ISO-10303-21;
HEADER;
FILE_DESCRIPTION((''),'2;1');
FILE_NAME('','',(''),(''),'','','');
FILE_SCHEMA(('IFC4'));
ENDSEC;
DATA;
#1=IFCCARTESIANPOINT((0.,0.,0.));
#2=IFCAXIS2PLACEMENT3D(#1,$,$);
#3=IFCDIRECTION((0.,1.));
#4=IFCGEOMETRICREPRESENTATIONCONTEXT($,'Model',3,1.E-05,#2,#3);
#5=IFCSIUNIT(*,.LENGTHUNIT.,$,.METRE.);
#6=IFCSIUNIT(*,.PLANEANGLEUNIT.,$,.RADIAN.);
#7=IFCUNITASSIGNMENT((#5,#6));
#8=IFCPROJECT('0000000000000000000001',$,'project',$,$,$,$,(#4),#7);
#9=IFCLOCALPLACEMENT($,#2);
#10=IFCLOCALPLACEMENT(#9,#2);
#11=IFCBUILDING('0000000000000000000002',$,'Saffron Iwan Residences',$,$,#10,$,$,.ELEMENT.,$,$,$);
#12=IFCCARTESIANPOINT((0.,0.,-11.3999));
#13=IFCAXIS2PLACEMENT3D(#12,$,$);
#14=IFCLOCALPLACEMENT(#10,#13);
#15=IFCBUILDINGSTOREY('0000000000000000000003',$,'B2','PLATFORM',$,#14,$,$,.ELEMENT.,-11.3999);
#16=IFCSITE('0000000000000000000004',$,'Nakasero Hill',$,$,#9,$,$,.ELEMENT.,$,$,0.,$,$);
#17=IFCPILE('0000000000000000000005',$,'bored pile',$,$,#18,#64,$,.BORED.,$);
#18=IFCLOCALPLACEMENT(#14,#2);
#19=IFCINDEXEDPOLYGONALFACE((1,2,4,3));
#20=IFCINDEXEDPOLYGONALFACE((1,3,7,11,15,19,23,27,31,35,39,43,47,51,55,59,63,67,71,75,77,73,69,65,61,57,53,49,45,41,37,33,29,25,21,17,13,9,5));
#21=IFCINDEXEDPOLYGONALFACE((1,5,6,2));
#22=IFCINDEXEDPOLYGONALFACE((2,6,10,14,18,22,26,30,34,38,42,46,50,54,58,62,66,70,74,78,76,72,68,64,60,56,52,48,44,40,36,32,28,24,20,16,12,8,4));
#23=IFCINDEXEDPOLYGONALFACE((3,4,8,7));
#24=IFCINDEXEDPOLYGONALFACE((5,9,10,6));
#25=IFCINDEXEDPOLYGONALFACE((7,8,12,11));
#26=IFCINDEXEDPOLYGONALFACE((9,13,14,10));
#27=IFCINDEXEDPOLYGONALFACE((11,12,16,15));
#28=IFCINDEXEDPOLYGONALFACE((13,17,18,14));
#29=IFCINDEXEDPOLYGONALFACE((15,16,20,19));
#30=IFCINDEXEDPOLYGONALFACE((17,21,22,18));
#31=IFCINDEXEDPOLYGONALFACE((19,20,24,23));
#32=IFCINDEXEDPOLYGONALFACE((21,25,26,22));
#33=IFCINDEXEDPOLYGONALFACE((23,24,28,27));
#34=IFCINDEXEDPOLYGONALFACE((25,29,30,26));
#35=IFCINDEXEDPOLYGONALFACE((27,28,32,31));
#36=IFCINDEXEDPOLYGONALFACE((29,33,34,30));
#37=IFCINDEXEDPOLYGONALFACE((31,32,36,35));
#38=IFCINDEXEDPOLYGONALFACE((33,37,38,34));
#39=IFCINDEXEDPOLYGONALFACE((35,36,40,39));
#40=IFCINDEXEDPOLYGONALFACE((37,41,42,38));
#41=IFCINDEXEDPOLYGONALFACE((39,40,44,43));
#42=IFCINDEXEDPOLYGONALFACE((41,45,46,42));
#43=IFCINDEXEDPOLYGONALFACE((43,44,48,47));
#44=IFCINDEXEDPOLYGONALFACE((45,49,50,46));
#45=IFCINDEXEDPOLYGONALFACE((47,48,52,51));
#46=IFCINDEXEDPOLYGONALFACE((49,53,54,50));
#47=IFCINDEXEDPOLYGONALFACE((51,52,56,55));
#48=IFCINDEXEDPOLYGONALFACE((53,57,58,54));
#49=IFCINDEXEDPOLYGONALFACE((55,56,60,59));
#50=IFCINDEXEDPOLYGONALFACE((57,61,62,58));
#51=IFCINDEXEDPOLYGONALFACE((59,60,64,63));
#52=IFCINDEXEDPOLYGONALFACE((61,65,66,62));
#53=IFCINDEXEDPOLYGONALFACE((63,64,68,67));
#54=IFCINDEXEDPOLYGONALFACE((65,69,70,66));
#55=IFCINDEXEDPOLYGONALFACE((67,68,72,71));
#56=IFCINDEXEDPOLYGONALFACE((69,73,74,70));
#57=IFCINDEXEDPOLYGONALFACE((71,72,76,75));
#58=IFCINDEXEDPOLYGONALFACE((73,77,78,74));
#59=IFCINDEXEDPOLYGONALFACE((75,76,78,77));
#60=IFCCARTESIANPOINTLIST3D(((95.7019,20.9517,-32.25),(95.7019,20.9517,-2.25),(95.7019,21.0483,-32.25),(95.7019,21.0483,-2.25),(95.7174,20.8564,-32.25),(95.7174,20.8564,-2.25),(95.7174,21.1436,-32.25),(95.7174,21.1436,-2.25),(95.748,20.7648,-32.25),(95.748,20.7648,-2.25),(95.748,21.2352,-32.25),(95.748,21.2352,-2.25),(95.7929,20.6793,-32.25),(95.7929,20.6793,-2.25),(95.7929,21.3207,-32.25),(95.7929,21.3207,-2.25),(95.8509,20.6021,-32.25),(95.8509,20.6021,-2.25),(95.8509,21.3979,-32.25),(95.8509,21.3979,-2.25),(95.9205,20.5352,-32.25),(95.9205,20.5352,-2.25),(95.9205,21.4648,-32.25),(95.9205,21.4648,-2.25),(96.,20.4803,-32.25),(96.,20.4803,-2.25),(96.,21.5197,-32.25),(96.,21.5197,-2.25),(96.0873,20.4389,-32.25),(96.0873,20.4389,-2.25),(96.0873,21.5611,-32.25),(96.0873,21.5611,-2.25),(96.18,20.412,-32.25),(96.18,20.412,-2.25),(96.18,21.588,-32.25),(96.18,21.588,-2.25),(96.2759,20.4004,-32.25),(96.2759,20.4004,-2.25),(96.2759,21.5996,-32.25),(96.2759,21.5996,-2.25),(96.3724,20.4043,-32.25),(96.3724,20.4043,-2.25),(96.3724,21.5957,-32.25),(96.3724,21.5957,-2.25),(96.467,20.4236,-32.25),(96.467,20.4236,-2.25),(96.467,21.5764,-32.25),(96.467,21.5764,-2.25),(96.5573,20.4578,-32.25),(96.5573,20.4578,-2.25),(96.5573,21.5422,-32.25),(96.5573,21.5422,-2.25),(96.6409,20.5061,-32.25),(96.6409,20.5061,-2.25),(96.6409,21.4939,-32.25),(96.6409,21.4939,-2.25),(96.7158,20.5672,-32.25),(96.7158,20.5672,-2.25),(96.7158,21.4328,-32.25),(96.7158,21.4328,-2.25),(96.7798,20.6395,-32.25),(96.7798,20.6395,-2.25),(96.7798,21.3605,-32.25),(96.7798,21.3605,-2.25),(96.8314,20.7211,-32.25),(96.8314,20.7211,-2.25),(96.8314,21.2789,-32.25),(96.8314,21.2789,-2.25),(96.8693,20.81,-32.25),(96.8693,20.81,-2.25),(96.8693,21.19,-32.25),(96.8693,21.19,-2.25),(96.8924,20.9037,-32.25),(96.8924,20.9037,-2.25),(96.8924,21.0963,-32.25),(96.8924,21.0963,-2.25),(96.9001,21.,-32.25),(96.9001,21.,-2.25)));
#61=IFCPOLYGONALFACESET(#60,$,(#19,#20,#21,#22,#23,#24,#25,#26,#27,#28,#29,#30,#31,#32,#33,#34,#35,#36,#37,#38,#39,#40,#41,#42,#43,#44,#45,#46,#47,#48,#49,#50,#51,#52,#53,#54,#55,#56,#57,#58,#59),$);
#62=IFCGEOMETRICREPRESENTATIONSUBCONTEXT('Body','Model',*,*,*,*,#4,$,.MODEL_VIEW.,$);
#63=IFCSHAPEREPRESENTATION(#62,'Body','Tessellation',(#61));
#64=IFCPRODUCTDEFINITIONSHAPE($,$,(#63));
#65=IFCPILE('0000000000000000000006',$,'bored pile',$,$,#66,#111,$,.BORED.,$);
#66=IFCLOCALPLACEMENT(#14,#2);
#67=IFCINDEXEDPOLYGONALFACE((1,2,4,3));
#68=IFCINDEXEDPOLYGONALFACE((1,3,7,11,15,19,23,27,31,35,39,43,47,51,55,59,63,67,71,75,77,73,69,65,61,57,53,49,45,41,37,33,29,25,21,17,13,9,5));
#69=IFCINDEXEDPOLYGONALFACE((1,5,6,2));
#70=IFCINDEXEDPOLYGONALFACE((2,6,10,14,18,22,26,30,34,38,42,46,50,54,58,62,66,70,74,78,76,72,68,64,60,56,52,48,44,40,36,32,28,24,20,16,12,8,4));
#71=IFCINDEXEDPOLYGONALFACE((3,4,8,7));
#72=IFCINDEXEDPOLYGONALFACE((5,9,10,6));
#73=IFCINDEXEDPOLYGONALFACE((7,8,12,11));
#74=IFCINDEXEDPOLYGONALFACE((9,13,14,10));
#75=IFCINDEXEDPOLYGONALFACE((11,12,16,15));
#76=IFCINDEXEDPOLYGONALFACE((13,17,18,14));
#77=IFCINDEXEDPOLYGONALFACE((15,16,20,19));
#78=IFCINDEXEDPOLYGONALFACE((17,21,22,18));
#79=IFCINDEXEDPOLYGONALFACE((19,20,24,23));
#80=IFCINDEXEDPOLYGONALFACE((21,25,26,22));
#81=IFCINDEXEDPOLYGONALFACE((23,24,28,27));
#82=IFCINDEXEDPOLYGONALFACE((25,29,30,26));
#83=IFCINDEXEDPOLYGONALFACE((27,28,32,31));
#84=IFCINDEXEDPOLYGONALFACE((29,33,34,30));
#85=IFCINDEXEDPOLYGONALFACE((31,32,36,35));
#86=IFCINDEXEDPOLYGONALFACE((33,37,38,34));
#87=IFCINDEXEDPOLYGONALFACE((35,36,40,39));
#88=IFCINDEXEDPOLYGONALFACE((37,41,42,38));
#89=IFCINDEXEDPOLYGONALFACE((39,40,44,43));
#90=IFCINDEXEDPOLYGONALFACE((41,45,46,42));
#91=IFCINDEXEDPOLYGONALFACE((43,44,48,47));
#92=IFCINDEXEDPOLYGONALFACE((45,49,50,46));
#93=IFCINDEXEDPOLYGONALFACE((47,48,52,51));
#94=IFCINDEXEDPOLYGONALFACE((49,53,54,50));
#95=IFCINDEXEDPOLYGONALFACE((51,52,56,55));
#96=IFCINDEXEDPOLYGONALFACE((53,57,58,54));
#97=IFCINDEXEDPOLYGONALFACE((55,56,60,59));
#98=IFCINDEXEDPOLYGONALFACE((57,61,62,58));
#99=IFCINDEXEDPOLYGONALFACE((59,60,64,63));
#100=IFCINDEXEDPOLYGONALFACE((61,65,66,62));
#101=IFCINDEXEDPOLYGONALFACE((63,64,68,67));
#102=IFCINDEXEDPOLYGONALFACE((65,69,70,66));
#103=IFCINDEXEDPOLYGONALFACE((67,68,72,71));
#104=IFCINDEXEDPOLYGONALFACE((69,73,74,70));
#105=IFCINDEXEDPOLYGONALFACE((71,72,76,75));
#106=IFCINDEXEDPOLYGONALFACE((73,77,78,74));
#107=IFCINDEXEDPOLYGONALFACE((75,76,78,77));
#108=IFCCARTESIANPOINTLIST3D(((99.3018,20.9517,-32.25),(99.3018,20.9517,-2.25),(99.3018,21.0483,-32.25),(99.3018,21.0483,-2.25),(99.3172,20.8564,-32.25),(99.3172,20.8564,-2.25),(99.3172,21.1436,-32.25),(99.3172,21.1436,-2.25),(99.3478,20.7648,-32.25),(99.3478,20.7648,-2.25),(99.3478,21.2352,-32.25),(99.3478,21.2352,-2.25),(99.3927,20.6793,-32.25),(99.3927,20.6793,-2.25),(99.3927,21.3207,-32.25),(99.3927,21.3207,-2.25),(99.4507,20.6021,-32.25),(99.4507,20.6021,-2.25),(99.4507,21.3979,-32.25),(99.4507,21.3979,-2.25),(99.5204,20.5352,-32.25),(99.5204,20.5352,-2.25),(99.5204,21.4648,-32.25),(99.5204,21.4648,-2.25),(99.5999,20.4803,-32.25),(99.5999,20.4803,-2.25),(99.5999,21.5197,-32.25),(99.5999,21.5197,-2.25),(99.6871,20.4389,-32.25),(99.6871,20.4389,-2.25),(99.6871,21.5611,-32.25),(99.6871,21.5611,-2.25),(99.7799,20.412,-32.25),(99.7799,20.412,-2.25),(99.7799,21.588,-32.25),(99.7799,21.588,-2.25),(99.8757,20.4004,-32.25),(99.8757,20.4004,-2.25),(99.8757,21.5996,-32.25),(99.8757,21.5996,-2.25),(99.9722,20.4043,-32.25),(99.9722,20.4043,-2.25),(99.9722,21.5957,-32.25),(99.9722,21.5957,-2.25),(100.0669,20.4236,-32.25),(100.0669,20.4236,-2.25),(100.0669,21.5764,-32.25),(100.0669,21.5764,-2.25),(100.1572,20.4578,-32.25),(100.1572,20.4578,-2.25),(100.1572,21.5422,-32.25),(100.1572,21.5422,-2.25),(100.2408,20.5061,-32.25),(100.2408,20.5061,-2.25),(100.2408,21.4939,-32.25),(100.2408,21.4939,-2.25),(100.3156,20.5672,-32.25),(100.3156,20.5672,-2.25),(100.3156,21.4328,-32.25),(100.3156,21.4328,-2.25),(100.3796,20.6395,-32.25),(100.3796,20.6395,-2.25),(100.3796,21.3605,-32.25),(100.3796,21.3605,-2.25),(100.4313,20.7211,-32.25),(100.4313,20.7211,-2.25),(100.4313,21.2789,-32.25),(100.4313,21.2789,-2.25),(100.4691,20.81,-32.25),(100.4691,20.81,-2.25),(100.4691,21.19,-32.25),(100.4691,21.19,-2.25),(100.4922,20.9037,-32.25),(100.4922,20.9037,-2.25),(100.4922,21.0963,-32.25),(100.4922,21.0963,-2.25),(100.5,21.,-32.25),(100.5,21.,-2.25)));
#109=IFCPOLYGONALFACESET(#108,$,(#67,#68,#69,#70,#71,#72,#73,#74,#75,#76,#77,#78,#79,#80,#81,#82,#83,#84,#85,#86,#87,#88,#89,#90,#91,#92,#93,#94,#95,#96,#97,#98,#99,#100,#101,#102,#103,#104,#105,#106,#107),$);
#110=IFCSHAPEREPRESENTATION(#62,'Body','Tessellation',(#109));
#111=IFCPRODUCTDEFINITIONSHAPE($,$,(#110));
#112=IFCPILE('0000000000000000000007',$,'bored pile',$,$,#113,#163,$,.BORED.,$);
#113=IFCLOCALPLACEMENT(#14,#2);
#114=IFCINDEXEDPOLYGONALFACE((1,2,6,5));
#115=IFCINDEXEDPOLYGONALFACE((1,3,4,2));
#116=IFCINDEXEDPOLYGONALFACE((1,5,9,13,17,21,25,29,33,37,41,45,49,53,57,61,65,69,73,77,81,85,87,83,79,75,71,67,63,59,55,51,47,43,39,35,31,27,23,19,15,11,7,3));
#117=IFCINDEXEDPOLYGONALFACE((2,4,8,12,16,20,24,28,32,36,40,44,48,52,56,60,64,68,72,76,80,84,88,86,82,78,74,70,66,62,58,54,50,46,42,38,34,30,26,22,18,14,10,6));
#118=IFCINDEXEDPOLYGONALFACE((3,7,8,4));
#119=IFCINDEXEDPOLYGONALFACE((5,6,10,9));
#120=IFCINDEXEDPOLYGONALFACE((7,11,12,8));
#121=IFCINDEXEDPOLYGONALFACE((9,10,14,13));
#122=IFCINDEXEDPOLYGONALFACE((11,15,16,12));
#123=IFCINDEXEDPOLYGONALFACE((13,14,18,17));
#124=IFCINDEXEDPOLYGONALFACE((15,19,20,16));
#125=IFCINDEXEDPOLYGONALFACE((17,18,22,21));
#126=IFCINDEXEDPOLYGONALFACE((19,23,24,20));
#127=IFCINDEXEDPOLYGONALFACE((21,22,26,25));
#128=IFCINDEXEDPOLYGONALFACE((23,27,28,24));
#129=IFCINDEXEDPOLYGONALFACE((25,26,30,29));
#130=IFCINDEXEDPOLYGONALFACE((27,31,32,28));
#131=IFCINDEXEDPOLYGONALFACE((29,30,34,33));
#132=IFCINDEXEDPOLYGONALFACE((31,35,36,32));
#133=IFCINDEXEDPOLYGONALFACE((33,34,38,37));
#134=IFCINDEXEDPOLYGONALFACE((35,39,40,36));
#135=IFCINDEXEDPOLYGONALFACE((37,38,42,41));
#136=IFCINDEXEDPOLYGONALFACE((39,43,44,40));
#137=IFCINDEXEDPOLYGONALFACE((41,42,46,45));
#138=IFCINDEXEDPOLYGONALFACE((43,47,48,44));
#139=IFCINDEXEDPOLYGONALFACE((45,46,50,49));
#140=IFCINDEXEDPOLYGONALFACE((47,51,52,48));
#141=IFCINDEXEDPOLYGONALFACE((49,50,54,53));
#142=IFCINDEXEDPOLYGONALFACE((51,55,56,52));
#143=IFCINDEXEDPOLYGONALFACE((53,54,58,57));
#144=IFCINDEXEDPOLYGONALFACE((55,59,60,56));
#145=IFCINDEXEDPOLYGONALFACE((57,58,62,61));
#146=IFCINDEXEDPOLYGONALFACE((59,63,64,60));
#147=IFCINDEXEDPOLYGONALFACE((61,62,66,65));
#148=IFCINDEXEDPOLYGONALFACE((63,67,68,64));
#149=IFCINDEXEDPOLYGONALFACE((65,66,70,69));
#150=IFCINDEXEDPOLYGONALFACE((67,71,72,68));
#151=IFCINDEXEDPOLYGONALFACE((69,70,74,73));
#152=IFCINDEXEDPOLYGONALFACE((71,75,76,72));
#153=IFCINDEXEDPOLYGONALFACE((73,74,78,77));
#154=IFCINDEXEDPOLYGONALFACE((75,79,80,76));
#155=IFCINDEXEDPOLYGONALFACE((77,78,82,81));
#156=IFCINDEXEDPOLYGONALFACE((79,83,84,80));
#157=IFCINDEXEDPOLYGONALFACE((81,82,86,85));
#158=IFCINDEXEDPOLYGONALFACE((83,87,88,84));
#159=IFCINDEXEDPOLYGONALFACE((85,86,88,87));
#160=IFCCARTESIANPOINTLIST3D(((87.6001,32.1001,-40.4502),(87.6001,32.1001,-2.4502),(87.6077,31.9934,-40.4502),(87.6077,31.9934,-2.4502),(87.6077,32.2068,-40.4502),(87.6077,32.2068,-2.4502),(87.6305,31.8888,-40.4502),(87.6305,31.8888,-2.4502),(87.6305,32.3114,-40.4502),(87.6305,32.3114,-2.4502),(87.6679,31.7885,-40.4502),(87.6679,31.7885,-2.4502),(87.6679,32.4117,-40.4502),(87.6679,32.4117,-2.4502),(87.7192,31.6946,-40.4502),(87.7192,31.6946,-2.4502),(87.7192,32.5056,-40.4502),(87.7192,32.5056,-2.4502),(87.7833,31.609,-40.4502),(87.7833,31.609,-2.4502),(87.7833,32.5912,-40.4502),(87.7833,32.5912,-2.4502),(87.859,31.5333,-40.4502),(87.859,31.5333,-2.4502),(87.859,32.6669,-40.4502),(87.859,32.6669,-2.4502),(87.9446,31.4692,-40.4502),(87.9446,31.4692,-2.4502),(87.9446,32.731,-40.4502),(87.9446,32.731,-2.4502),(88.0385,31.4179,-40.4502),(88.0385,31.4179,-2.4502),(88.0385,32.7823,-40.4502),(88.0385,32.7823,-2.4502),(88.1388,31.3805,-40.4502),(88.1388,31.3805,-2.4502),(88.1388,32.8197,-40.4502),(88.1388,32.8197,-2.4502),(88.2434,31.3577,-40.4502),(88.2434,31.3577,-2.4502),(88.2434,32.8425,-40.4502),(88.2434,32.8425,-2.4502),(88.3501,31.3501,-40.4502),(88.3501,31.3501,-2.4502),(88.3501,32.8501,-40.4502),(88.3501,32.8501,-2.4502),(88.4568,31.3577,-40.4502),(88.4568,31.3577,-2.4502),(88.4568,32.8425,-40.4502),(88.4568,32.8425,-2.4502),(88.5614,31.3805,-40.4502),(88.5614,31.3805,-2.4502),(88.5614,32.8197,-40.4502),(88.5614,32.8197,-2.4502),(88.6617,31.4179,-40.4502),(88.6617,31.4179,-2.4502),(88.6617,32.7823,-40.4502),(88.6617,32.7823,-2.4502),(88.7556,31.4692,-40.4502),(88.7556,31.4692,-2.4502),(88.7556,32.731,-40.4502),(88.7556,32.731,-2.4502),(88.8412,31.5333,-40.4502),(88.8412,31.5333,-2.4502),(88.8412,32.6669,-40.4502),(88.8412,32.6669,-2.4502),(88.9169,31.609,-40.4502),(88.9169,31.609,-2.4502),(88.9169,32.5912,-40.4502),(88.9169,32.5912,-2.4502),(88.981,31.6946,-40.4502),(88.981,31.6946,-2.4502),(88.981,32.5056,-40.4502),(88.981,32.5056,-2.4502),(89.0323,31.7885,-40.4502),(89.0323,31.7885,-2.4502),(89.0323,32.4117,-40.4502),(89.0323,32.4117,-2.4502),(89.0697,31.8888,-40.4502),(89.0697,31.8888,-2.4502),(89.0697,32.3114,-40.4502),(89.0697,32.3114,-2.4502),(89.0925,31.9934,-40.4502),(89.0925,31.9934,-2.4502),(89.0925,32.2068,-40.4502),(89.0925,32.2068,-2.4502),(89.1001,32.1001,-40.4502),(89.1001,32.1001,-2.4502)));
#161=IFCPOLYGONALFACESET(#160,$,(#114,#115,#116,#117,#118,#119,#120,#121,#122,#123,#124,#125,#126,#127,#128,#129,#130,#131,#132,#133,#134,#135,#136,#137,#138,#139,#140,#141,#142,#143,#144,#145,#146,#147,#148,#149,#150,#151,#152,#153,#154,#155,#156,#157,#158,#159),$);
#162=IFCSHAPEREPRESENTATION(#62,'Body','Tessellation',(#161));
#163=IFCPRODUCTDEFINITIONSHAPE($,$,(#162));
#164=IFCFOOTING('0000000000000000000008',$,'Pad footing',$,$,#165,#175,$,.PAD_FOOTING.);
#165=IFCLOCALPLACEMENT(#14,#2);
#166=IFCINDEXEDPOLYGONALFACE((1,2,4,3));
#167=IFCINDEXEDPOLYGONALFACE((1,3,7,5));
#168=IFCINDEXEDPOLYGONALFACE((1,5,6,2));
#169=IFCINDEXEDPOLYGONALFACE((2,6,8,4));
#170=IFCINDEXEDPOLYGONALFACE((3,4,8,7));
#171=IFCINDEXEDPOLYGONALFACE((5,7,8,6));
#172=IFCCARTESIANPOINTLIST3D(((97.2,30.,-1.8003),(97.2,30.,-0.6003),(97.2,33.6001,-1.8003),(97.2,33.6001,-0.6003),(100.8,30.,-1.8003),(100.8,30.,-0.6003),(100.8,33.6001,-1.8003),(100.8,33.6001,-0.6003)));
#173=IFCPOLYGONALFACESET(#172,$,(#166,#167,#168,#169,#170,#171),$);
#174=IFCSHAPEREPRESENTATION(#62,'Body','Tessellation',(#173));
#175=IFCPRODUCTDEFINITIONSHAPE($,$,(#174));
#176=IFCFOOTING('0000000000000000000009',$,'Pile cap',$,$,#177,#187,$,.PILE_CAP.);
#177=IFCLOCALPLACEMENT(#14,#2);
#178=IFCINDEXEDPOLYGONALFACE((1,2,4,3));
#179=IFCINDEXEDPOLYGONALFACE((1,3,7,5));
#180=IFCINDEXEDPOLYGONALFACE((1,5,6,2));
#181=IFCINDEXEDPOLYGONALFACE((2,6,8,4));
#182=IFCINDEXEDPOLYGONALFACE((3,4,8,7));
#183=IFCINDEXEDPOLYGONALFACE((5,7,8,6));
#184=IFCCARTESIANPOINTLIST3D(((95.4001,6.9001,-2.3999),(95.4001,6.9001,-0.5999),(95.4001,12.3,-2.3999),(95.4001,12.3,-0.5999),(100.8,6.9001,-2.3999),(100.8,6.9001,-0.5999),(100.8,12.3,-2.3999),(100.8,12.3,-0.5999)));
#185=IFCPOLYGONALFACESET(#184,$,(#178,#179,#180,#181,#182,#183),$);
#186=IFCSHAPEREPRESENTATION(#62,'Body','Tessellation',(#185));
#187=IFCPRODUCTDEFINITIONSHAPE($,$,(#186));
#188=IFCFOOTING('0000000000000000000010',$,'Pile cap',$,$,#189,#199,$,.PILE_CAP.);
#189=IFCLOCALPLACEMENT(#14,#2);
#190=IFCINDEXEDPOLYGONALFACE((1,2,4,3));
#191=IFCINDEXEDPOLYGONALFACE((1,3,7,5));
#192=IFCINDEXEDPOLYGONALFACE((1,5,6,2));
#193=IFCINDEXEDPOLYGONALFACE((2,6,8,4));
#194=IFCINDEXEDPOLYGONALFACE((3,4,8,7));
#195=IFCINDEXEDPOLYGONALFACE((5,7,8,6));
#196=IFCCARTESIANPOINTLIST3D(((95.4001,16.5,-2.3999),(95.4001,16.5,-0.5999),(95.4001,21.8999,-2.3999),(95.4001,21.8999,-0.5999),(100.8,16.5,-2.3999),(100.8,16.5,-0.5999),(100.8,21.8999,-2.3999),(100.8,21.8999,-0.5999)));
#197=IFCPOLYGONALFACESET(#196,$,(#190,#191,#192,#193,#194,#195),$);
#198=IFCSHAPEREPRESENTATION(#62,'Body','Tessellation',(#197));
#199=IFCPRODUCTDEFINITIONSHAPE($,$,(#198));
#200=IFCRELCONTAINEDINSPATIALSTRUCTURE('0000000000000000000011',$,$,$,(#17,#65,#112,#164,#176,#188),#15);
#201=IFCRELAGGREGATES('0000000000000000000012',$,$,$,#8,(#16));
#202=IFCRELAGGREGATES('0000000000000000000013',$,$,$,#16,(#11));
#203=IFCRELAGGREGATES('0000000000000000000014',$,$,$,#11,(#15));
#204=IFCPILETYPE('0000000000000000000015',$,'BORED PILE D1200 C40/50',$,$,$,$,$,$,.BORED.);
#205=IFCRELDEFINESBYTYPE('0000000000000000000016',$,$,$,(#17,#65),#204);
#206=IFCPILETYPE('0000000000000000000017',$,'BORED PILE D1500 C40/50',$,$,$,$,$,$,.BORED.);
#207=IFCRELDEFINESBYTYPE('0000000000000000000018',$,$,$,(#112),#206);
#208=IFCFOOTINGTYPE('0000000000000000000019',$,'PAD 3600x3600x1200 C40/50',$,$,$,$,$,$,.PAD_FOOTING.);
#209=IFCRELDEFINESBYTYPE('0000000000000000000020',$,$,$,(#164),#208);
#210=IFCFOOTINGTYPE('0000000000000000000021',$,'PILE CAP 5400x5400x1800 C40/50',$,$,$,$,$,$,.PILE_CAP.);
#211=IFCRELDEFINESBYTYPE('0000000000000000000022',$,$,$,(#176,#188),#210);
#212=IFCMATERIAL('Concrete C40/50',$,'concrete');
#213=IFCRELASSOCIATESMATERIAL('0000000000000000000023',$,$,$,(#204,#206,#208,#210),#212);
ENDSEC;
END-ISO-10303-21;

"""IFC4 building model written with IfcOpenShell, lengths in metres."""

from ifc_helpers import new_model, si_unit, direction, frame, origin, origin_2d, place, context, subcontext, project, spatial, rectangle, circle, extrude, source, transform, mapped, material, material_profile, profile_set, type_object, element, save


model = new_model("IFC4")

# Units and contexts
model_context = context("Model", 3, precision=1e-05, world=origin(), true_north=direction((0.0, 1.0)))
body_context = subcontext(model_context, "Body", "Model", "MODEL_VIEW")
ifc_project = project(units=[si_unit("LENGTHUNIT", "METRE"), si_unit("PLANEANGLEUNIT", "RADIAN")], contexts=[model_context])

# Site, building, storey
site_placement = place(None, origin())
site = spatial("IfcSite", under=ifc_project, at=site_placement, Name="Nakasero Hill", CompositionType="ELEMENT", RefElevation=0.0)
building_placement = place(site_placement, origin())
building = spatial("IfcBuilding", under=site, at=building_placement, Name="Saffron Iwan Residences", CompositionType="ELEMENT")
storey_placement = place(building_placement, frame((0.0, 0.0, -11.3999)))
storey = spatial("IfcBuildingStorey", under=building, at=storey_placement, Name="B2", Description="PLATFORM", CompositionType="ELEMENT", Elevation=-11.3999)

# Piles
ifc_material_1 = material(Name="Concrete C40/50", Category="concrete")
ifc_material_profile_1 = material_profile(ifc_material_1, circle(Radius=0.6001, at=origin_2d()), Name="RC D1200")
ifc_profile_set_1 = profile_set([ifc_material_profile_1], Name="Concrete C40/50")
pile_type_1 = type_object("IfcPileType", Name="BORED PILE D1200 C40/50", PredefinedType="BORED", material=ifc_profile_set_1)
for number, where, z_axis, x_axis, name in (
    (1, (96.3, 21.0, -2.25), (0.0, 0.0, -1.0), (1.0, 0.0, 0.0), "bored pile"),
    (2, (99.8999, 21.0, -2.25), (0.0, 0.0, -1.0), (1.0, 0.0, 0.0), "bored pile"),
):
    element("IfcPile", number, at=place(storey_placement, frame(where, z_axis=z_axis, x_axis=x_axis)), inside=storey, type_object=pile_type_1, Name=name, PredefinedType="BORED", context=body_context, shape_type="SweptSolid", body=[
        extrude(circle(Radius=0.6001, at=origin_2d()), origin(), (0.0, 0.0, 1.0), 30.0),
    ])
ifc_material_profile_2 = material_profile(ifc_material_1, circle(Radius=0.75, at=origin_2d()), Name="RC D1500")
ifc_profile_set_2 = profile_set([ifc_material_profile_2], Name="Concrete C40/50")
pile_type_2 = type_object("IfcPileType", Name="BORED PILE D1500 C40/50", PredefinedType="BORED", material=ifc_profile_set_2)
pile_placement = place(storey_placement, frame((88.3501, 32.1001, -2.4502), z_axis=(0.0, 0.0, -1.0), x_axis=(1.0, 0.0, 0.0)))
element("IfcPile", 3, at=pile_placement, inside=storey, type_object=pile_type_2, Name="bored pile", PredefinedType="BORED", context=body_context, shape_type="SweptSolid", body=[
    extrude(circle(Radius=0.75, at=origin_2d()), origin(), (0.0, 0.0, 1.0), 38.0),
])

# Footings
footing_type_1 = type_object("IfcFootingType", Name="PAD 3600x3600x1200 C40/50", PredefinedType="PAD_FOOTING", material=ifc_material_1)
shared_shape_1 = source(origin(), body_context, "Body", "SweptSolid", [
    extrude(rectangle(XDim=3.6001, YDim=3.6001, at=origin_2d()), origin(), (0.0, 0.0, 1.0), 1.2),
])
footing_placement = place(storey_placement, frame((99.0, 31.8, -1.8003), z_axis=(0.0, 0.0, 1.0), x_axis=(1.0, 0.0, 0.0)))
element("IfcFooting", 4, at=footing_placement, inside=storey, type_object=footing_type_1, Name="Pad footing", PredefinedType="PAD_FOOTING", context=body_context, shape_type="MappedRepresentation", body=[
    mapped(shared_shape_1, transform((0.0, 0.0, 0.0))),
])
footing_type_2 = type_object("IfcFootingType", Name="PILE CAP 5400x5400x1800 C40/50", PredefinedType="PILE_CAP", material=ifc_material_1)
shared_shape_2 = source(origin(), body_context, "Body", "SweptSolid", [
    extrude(rectangle(XDim=5.3999, YDim=5.3999, at=origin_2d()), origin(), (0.0, 0.0, 1.0), 1.8),
])
for number, where, z_axis, x_axis, name in (
    (5, (98.1001, 9.6001, -2.3999), (0.0, 0.0, 1.0), (1.0, 0.0, 0.0), "Pile cap"),
    (6, (98.1001, 19.2, -2.3999), (0.0, 0.0, 1.0), (1.0, 0.0, 0.0), "Pile cap"),
):
    element("IfcFooting", number, at=place(storey_placement, frame(where, z_axis=z_axis, x_axis=x_axis)), inside=storey, type_object=footing_type_2, Name=name, PredefinedType="PILE_CAP", context=body_context, shape_type="MappedRepresentation", body=[
        mapped(shared_shape_2, transform((0.0, 0.0, 0.0))),
    ])

save(model, "model.ifc")
